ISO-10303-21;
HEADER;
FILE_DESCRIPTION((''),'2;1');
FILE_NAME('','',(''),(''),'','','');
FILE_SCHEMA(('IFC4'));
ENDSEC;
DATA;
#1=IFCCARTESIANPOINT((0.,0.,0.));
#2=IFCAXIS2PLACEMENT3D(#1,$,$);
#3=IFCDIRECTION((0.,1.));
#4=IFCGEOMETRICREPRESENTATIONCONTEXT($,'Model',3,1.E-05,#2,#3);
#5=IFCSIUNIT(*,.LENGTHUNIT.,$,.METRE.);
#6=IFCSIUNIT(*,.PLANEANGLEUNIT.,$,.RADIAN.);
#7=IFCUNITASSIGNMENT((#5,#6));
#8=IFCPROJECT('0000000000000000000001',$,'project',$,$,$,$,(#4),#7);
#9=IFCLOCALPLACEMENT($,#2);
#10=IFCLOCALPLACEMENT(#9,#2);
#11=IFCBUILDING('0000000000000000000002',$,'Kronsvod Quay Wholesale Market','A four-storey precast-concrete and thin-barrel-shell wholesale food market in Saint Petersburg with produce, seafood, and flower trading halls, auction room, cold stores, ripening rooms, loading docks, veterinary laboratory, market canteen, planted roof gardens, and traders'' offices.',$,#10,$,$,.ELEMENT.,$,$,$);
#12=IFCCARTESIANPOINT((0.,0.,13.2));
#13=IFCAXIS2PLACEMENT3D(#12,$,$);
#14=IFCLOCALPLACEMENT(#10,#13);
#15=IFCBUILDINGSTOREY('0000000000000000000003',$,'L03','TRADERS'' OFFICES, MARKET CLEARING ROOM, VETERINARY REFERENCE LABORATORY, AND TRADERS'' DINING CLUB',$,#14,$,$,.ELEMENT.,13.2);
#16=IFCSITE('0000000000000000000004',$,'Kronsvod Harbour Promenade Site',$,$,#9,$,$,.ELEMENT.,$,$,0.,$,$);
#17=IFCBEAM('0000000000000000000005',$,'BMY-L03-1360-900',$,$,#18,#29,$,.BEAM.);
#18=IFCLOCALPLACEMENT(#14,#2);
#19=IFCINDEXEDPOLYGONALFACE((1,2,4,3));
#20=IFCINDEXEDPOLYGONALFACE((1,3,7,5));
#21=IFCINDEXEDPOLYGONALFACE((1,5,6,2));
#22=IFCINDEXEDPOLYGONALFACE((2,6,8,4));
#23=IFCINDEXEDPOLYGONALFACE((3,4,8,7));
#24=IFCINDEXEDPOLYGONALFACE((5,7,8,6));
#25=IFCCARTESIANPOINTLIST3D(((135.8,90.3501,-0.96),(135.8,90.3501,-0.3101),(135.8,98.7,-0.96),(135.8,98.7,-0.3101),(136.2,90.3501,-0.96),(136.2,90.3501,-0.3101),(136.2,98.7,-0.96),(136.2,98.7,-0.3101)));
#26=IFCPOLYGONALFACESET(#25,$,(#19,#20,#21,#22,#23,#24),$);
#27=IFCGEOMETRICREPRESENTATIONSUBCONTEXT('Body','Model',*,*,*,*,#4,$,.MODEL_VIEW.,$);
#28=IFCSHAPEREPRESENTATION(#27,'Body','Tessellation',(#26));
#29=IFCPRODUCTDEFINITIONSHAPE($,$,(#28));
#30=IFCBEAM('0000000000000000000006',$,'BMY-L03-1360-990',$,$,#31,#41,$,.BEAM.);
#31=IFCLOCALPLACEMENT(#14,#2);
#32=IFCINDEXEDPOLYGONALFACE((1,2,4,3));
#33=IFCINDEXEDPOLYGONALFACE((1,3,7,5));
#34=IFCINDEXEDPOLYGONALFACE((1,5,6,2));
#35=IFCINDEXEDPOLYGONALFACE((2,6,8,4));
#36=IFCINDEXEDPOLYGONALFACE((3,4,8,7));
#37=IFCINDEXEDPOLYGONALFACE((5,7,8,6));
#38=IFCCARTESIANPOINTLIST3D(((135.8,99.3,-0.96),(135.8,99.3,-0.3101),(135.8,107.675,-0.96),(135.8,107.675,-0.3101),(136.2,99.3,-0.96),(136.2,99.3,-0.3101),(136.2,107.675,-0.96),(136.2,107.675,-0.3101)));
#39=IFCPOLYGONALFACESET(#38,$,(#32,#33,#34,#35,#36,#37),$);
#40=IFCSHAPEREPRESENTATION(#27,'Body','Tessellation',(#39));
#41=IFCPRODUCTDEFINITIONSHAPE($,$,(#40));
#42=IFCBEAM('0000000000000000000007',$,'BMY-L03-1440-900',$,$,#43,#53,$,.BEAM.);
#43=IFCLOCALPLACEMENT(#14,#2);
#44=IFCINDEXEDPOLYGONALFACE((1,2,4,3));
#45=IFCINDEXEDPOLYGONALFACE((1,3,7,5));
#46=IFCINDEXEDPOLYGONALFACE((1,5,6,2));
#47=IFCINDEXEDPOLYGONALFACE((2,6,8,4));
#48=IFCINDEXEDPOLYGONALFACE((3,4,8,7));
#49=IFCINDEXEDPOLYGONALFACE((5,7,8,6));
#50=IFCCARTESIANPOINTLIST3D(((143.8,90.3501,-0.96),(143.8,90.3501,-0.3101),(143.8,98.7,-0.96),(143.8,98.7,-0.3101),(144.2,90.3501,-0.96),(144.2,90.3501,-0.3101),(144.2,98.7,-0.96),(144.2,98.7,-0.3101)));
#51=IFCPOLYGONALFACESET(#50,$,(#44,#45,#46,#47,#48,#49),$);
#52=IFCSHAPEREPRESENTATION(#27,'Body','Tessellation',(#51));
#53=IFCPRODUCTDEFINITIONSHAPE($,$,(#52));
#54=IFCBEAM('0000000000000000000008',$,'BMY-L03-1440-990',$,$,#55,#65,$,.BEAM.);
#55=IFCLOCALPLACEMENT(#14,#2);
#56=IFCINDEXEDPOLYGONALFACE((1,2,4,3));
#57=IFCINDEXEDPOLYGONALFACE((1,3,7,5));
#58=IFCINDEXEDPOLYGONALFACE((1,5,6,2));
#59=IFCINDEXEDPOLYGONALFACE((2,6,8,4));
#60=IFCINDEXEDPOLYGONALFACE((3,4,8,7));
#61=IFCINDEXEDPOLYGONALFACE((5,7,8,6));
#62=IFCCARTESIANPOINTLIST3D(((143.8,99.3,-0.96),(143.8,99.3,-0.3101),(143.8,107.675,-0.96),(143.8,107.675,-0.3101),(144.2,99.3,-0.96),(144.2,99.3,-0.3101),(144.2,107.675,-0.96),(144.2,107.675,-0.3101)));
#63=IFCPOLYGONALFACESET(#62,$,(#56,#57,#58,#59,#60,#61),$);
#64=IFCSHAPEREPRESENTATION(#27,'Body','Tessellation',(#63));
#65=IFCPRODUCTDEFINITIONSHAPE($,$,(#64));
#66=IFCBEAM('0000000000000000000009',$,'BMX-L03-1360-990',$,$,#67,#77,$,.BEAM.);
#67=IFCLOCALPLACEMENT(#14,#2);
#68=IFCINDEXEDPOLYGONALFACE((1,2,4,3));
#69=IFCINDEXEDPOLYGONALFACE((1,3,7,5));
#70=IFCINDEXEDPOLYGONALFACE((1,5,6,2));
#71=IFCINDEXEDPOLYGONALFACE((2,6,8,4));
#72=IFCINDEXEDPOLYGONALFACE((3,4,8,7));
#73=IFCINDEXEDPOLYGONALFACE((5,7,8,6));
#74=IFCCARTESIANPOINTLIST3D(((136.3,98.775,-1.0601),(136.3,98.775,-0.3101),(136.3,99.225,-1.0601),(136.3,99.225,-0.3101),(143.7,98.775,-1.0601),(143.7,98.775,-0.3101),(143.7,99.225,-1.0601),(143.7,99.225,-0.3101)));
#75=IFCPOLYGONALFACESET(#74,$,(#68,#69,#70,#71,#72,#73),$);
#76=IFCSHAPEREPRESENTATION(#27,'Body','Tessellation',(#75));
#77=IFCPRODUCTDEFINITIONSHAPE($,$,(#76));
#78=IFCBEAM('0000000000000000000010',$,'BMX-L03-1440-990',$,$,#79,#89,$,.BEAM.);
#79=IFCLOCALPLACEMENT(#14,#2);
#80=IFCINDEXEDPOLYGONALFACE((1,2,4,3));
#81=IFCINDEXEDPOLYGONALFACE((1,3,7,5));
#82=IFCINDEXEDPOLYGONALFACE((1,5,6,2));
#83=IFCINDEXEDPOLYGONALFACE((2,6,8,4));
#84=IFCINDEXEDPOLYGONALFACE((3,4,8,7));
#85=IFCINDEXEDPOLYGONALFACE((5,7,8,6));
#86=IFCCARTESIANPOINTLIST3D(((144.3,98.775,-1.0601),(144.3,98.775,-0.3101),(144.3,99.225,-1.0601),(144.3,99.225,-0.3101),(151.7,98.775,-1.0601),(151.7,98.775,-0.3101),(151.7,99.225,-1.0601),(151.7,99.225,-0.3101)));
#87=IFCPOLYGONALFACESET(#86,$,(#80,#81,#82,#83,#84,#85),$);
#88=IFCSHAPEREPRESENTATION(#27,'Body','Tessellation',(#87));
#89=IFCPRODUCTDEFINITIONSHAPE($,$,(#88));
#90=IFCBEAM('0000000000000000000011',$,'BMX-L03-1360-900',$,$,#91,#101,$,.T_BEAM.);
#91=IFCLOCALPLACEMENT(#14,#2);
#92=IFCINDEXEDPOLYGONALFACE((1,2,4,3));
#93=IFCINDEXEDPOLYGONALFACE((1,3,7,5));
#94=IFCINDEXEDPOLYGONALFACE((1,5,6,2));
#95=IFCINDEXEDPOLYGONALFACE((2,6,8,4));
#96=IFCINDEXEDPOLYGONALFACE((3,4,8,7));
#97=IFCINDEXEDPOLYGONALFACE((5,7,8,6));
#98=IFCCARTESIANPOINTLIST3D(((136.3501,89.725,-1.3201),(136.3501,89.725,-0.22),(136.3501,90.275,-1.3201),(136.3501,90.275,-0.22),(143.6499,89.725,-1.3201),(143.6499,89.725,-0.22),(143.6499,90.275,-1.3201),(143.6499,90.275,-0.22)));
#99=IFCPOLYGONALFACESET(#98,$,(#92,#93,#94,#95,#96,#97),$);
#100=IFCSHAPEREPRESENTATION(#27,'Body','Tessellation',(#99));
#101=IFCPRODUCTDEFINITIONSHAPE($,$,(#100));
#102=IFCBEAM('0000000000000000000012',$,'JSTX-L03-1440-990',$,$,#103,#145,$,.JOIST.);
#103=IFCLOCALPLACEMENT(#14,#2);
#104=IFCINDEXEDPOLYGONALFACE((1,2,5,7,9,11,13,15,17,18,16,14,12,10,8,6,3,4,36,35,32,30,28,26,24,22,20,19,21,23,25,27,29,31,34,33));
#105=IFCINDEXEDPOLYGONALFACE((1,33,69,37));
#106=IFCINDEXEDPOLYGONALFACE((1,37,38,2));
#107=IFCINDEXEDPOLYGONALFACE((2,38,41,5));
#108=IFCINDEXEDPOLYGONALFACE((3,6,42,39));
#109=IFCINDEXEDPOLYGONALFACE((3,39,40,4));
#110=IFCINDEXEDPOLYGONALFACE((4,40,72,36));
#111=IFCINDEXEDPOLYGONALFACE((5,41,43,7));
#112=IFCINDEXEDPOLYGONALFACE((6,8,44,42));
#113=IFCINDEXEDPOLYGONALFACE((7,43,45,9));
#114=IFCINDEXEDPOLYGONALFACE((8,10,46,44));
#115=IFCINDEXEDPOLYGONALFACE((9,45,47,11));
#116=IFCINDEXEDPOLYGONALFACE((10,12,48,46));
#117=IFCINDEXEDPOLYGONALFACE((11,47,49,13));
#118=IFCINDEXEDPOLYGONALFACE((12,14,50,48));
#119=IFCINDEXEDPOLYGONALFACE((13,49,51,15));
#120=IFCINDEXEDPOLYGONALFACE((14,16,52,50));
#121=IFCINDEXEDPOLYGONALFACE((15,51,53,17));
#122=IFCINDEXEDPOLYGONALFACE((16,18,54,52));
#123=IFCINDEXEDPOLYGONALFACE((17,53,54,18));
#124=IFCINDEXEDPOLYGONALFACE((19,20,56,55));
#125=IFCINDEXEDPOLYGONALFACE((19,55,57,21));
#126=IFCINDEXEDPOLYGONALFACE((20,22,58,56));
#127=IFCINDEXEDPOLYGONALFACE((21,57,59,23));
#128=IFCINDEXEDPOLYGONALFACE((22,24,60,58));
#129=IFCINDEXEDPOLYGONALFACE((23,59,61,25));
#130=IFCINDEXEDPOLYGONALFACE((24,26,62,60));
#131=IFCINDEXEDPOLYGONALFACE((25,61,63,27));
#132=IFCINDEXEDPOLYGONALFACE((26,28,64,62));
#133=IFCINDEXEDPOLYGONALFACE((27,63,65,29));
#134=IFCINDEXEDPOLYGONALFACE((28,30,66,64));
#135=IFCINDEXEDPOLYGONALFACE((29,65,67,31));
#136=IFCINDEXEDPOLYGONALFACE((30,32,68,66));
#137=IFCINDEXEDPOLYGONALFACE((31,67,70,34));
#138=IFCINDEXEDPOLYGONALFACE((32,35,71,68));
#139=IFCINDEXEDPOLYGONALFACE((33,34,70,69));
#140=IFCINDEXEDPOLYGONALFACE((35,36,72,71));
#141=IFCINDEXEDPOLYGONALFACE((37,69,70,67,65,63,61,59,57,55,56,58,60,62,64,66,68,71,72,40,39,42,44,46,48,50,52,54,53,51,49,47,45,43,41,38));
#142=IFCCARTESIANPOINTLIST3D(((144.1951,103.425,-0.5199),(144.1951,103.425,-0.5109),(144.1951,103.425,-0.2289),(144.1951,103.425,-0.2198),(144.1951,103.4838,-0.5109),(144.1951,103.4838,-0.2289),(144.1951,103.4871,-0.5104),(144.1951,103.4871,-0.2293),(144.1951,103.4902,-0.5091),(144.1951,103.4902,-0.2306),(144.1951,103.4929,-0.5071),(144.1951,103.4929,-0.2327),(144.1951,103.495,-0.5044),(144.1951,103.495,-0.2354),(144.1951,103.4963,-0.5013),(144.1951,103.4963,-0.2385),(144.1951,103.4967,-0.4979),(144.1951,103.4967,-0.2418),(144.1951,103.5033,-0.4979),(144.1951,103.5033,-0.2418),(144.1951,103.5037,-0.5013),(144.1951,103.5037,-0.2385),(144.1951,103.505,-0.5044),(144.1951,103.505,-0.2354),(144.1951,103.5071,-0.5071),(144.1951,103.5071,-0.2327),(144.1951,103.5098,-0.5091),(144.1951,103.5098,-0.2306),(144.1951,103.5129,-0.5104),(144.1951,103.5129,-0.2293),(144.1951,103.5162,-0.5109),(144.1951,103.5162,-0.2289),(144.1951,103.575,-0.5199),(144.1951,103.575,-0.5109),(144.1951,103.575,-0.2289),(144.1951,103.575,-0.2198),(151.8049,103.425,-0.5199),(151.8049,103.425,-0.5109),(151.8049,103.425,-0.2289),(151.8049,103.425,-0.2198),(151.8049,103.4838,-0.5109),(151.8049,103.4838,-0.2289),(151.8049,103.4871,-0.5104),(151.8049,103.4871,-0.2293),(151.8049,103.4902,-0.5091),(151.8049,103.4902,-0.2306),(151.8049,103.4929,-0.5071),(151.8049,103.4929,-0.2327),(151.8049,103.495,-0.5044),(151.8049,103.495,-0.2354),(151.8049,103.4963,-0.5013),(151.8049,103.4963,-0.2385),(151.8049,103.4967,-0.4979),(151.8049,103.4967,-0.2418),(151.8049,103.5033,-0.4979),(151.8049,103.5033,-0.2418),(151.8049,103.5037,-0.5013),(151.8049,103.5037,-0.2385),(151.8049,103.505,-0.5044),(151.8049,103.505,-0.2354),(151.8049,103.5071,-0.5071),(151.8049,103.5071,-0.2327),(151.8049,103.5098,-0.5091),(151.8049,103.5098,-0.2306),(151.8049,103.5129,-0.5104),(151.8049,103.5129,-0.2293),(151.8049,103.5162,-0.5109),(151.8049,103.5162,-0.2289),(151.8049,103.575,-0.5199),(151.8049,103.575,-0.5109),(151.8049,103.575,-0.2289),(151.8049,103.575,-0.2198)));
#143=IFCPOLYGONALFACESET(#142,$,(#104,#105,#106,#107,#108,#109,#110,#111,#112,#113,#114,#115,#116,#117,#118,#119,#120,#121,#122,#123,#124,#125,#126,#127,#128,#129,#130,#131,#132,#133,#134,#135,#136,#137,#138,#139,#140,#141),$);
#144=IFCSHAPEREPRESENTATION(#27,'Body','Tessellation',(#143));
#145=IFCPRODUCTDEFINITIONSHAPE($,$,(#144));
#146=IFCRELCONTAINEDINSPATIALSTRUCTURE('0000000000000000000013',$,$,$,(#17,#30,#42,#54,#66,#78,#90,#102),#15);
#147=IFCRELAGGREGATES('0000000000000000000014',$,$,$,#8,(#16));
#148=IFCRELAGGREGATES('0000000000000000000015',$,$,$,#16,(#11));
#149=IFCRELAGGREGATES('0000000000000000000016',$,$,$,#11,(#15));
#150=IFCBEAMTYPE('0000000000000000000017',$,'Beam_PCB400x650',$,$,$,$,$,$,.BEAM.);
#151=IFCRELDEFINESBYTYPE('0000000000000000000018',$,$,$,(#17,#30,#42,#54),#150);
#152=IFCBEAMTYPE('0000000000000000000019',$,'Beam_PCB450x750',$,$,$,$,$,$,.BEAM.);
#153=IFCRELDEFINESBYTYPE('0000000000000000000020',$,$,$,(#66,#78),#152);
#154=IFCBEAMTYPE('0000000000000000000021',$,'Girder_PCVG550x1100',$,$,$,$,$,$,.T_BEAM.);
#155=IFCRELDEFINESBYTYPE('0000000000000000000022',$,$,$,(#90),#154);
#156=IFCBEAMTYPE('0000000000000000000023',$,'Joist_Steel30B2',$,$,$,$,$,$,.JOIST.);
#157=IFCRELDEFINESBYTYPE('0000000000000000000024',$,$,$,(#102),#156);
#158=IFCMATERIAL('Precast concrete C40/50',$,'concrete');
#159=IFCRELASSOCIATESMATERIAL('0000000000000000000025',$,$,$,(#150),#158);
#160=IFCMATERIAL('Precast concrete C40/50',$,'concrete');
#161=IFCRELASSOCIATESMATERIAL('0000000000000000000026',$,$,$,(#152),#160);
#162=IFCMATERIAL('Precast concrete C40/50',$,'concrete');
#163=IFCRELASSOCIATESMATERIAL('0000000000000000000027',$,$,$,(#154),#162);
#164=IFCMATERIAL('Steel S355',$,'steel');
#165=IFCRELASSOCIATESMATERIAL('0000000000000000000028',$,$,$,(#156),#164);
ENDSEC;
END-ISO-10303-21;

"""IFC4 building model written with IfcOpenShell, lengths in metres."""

from ifc_helpers import new_model, si_unit, direction, frame, origin, origin_2d, place, context, subcontext, project, spatial, rectangle, i_section, extrude, material, material_profile, profile_set, type_object, element, save


model = new_model("IFC4")

# Units and contexts
model_context = context("Model", 3, precision=1e-05, world=origin(), true_north=direction((0.0, 1.0)))
body_context = subcontext(model_context, "Body", "Model", "MODEL_VIEW")
ifc_project = project(units=[si_unit("LENGTHUNIT", "METRE"), si_unit("PLANEANGLEUNIT", "RADIAN")], contexts=[model_context])

# Site, building, storey
site_placement = place(None, origin())
site = spatial("IfcSite", under=ifc_project, at=site_placement, Name="Kronsvod Harbour Promenade Site", CompositionType="ELEMENT", RefElevation=0.0)
building_placement = place(site_placement, origin())
building = spatial("IfcBuilding", under=site, at=building_placement, Name="Kronsvod Quay Wholesale Market", Description="A four-storey precast-concrete and thin-barrel-shell wholesale food market in Saint Petersburg with produce, seafood, and flower trading halls, auction room, cold stores, ripening rooms, loading docks, veterinary laboratory, market canteen, planted roof gardens, and traders' offices.", CompositionType="ELEMENT")
storey_placement = place(building_placement, frame((0.0, 0.0, 13.2)))
storey = spatial("IfcBuildingStorey", under=building, at=storey_placement, Name="L03", Description="TRADERS' OFFICES, MARKET CLEARING ROOM, VETERINARY REFERENCE LABORATORY, AND TRADERS' DINING CLUB", CompositionType="ELEMENT", Elevation=13.2)

# Beams
ifc_material_1 = material(Name="Precast concrete C40/50", Category="concrete")
ifc_material_profile_1 = material_profile(ifc_material_1, rectangle(XDim=0.3999, YDim=0.6499, at=origin_2d()), Name="PCB400x650")
ifc_profile_set_1 = profile_set([ifc_material_profile_1], Name="Precast concrete C40/50")
beam_type_1 = type_object("IfcBeamType", Name="Beam_PCB400x650", PredefinedType="BEAM", material=ifc_profile_set_1)
beam_1_placement = place(storey_placement, frame((136.0, 90.3501, -0.635), z_axis=(0.0, 1.0, 0.0), x_axis=(-1.0, 0.0, 0.0)))
element("IfcBeam", 1, at=beam_1_placement, inside=storey, type_object=beam_type_1, Name="BMY-L03-1360-900", PredefinedType="BEAM", context=body_context, shape_type="SweptSolid", body=[
    extrude(rectangle(XDim=0.3999, YDim=0.6499, at=origin_2d()), origin(), (0.0, 0.0, 1.0), 8.3499),
])
beam_2_placement = place(storey_placement, frame((136.0, 99.3, -0.635), z_axis=(0.0, 1.0, 0.0), x_axis=(-1.0, 0.0, 0.0)))
element("IfcBeam", 2, at=beam_2_placement, inside=storey, type_object=beam_type_1, Name="BMY-L03-1360-990", PredefinedType="BEAM", context=body_context, shape_type="SweptSolid", body=[
    extrude(rectangle(XDim=0.3999, YDim=0.6499, at=origin_2d()), origin(), (0.0, 0.0, 1.0), 8.375),
])
beam_3_placement = place(storey_placement, frame((144.0, 90.3501, -0.635), z_axis=(0.0, 1.0, 0.0), x_axis=(-1.0, 0.0, 0.0)))
element("IfcBeam", 3, at=beam_3_placement, inside=storey, type_object=beam_type_1, Name="BMY-L03-1440-900", PredefinedType="BEAM", context=body_context, shape_type="SweptSolid", body=[
    extrude(rectangle(XDim=0.3999, YDim=0.6499, at=origin_2d()), origin(), (0.0, 0.0, 1.0), 8.3499),
])
beam_4_placement = place(storey_placement, frame((144.0, 99.3, -0.635), z_axis=(0.0, 1.0, 0.0), x_axis=(-1.0, 0.0, 0.0)))
element("IfcBeam", 4, at=beam_4_placement, inside=storey, type_object=beam_type_1, Name="BMY-L03-1440-990", PredefinedType="BEAM", context=body_context, shape_type="SweptSolid", body=[
    extrude(rectangle(XDim=0.3999, YDim=0.6499, at=origin_2d()), origin(), (0.0, 0.0, 1.0), 8.375),
])
ifc_material_2 = material(Name="Precast concrete C40/50", Category="concrete")
ifc_material_profile_2 = material_profile(ifc_material_2, rectangle(XDim=0.45, YDim=0.75, at=origin_2d()), Name="PCB450x750")
ifc_profile_set_2 = profile_set([ifc_material_profile_2], Name="Precast concrete C40/50")
beam_type_2 = type_object("IfcBeamType", Name="Beam_PCB450x750", PredefinedType="BEAM", material=ifc_profile_set_2)
for number, where, z_axis, x_axis, name in (
    (5, (136.3, 99.0, -0.6851), (1.0, 0.0, 0.0), (0.0, 1.0, 0.0), "BMX-L03-1360-990"),
    (6, (144.3, 99.0, -0.6851), (1.0, 0.0, 0.0), (0.0, 1.0, 0.0), "BMX-L03-1440-990"),
):
    element("IfcBeam", number, at=place(storey_placement, frame(where, z_axis=z_axis, x_axis=x_axis)), inside=storey, type_object=beam_type_2, Name=name, PredefinedType="BEAM", context=body_context, shape_type="SweptSolid", body=[
        extrude(rectangle(XDim=0.45, YDim=0.75, at=origin_2d()), origin(), (0.0, 0.0, 1.0), 7.3999),
    ])
ifc_material_3 = material(Name="Precast concrete C40/50", Category="concrete")
ifc_material_profile_3 = material_profile(ifc_material_3, rectangle(XDim=0.55, YDim=1.1001, at=origin_2d()), Name="PCVG550x1100")
ifc_profile_set_3 = profile_set([ifc_material_profile_3], Name="Precast concrete C40/50")
beam_type_3 = type_object("IfcBeamType", Name="Girder_PCVG550x1100", PredefinedType="T_BEAM", material=ifc_profile_set_3)
beam_5_placement = place(storey_placement, frame((136.3501, 90.0, -0.77), z_axis=(1.0, 0.0, 0.0), x_axis=(0.0, 1.0, 0.0)))
element("IfcBeam", 7, at=beam_5_placement, inside=storey, type_object=beam_type_3, Name="BMX-L03-1360-900", PredefinedType="T_BEAM", context=body_context, shape_type="SweptSolid", body=[
    extrude(rectangle(XDim=0.55, YDim=1.1001, at=origin_2d()), origin(), (0.0, 0.0, 1.0), 7.2998),
])
ifc_material_4 = material(Name="Steel S355", Category="steel")
ifc_material_profile_4 = material_profile(ifc_material_4, i_section(OverallWidth=0.1499, OverallDepth=0.3, WebThickness=0.0066, FlangeThickness=0.009, FilletRadius=0.0129, at=origin_2d()), Name="30B2")
ifc_profile_set_4 = profile_set([ifc_material_profile_4], Name="Steel S355")
beam_type_4 = type_object("IfcBeamType", Name="Joist_Steel30B2", PredefinedType="JOIST", material=ifc_profile_set_4)
beam_6_placement = place(storey_placement, frame((144.1951, 103.5, -0.3699), z_axis=(1.0, 0.0, 0.0), x_axis=(0.0, 1.0, 0.0)))
element("IfcBeam", 8, at=beam_6_placement, inside=storey, type_object=beam_type_4, Name="JSTX-L03-1440-990", PredefinedType="JOIST", context=body_context, shape_type="SweptSolid", body=[
    extrude(i_section(OverallWidth=0.1499, OverallDepth=0.3, WebThickness=0.0066, FlangeThickness=0.009, FilletRadius=0.0129, at=origin_2d()), origin(), (0.0, 0.0, 1.0), 7.6099),
])

save(model, "model.ifc")
